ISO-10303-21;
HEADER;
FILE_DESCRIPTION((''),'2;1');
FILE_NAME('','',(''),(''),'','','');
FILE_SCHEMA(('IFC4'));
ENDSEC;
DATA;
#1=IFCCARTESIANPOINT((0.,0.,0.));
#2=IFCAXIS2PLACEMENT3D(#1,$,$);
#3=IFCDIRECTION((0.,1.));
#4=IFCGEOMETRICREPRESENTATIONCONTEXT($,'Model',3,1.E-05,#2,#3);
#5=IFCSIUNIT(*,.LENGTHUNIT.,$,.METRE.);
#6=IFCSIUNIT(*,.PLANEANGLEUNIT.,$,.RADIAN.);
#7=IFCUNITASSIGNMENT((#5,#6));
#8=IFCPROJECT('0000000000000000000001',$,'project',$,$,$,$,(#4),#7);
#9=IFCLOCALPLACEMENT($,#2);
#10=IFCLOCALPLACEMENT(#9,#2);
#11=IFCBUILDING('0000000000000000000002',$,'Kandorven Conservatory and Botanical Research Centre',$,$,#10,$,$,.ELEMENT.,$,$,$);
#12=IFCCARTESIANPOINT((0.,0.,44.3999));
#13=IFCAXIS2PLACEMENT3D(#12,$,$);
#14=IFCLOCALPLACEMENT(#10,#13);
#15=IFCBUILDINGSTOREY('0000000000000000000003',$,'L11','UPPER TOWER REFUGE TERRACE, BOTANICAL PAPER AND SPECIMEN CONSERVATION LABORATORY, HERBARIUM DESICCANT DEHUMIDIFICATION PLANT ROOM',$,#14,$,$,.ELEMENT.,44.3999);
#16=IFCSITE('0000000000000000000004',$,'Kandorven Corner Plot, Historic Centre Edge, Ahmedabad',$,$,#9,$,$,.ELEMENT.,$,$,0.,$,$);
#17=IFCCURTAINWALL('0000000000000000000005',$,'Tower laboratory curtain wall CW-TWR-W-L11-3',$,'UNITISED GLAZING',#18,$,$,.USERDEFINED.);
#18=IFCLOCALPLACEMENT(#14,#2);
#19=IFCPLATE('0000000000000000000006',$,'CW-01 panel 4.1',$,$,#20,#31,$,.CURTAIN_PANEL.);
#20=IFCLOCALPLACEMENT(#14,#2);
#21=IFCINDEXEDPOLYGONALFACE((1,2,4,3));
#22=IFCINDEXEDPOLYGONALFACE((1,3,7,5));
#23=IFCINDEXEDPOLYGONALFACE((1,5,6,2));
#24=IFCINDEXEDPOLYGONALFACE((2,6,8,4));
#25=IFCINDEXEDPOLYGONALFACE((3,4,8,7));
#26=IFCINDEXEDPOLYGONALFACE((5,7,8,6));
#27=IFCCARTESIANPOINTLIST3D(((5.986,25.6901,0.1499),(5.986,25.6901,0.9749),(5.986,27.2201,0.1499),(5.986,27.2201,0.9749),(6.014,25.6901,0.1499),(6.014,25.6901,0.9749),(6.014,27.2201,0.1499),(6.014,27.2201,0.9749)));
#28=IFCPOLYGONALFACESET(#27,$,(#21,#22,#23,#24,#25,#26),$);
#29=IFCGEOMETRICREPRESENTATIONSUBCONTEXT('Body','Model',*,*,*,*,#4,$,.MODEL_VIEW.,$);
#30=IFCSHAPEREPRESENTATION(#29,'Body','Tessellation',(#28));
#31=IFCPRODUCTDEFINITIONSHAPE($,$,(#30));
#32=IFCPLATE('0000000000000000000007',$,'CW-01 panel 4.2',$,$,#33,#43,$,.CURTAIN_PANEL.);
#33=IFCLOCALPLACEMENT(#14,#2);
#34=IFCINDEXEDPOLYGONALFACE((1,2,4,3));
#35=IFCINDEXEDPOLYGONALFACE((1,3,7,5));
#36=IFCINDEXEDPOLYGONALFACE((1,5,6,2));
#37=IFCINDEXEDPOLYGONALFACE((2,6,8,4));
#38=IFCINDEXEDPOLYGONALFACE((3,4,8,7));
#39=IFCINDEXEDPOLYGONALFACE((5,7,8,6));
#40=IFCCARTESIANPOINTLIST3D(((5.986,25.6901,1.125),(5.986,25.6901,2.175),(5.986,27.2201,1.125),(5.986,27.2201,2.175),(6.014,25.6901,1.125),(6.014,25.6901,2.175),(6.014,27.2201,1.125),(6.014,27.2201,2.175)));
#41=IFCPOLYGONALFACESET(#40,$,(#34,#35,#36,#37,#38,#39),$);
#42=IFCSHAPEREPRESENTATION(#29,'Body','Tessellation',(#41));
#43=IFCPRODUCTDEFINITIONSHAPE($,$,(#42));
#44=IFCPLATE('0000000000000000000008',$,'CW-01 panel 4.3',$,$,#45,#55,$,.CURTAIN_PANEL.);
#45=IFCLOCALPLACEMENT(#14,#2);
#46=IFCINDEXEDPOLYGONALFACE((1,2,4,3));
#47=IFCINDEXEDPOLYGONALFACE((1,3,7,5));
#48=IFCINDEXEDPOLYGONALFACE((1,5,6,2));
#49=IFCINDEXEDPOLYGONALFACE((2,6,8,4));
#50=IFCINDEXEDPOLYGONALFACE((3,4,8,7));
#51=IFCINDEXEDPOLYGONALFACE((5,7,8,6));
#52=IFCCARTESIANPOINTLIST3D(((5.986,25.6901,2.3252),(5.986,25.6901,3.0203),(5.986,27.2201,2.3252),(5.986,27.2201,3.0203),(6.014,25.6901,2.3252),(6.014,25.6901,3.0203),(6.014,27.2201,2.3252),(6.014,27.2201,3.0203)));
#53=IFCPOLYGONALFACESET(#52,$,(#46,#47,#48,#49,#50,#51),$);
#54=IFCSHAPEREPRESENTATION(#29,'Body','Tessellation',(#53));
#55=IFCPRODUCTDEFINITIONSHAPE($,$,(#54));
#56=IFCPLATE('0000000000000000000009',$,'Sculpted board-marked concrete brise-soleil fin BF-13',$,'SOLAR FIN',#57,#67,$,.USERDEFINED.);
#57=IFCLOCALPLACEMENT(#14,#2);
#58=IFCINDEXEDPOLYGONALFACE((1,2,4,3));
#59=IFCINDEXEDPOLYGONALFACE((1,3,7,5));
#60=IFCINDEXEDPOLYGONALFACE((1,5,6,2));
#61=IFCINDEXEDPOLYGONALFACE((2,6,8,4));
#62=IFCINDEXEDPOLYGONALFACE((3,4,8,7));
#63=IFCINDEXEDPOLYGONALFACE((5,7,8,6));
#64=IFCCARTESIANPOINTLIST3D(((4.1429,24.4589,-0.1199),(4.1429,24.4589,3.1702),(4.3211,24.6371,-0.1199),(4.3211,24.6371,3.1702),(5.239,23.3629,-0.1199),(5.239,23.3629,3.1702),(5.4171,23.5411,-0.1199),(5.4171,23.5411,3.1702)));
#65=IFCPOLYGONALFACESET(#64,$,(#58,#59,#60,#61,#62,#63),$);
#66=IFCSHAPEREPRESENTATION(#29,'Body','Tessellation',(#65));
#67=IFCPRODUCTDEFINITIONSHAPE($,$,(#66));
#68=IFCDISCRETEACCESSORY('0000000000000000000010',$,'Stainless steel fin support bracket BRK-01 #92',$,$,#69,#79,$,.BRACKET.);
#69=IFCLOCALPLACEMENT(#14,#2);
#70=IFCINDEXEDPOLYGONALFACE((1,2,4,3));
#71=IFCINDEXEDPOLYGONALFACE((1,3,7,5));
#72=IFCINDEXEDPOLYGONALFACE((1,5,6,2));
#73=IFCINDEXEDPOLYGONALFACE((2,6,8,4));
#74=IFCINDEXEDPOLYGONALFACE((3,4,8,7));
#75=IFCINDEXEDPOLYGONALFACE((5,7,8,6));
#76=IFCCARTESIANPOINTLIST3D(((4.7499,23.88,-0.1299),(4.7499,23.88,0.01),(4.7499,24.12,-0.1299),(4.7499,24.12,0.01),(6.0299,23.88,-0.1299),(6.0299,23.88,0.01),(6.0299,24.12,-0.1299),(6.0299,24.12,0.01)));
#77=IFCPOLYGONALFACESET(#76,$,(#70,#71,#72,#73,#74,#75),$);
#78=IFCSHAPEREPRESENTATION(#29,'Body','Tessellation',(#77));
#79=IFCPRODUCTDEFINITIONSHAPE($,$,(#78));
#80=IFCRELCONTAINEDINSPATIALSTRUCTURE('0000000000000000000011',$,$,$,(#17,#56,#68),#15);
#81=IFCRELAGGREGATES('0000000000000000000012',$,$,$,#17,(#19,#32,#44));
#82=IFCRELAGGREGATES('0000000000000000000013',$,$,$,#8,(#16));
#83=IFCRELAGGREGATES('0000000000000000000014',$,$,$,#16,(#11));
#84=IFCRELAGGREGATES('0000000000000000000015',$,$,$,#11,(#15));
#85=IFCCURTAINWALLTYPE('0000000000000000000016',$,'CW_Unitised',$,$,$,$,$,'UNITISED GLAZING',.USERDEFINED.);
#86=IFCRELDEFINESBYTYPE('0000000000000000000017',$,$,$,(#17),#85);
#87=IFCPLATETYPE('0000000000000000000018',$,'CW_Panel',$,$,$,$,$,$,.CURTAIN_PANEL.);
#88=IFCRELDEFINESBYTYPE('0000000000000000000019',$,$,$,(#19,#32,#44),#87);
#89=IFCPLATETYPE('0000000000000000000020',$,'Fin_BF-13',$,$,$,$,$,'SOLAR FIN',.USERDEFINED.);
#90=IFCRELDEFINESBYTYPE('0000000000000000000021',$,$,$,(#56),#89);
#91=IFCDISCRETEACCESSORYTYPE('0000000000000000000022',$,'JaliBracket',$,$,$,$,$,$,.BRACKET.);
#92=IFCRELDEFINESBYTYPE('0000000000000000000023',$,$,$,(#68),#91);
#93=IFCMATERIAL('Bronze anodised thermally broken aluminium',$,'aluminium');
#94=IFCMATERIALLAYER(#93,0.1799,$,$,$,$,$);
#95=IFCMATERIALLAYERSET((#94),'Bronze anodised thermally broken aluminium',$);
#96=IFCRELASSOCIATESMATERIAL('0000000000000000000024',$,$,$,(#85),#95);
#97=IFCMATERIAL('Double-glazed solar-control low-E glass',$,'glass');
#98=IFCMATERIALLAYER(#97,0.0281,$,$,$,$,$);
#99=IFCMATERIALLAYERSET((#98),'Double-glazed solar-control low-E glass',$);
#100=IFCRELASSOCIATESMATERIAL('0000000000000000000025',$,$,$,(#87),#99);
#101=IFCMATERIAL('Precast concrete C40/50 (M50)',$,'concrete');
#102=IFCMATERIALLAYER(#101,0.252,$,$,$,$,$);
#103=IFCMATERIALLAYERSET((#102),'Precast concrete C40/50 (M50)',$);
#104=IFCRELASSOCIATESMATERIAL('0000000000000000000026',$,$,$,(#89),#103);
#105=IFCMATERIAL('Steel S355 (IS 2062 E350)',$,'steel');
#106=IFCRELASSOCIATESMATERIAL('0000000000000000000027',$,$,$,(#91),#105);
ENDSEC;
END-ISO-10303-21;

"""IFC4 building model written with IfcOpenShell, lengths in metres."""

from ifc_helpers import new_model, si_unit, direction, frame, origin, origin_2d, place, context, subcontext, project, spatial, rectangle, extrude, material, layer, layer_set, type_object, element, aggregate, save


model = new_model("IFC4")

# Units and contexts
model_context = context("Model", 3, precision=1e-05, world=origin(), true_north=direction((0.0, 1.0)))
body_context = subcontext(model_context, "Body", "Model", "MODEL_VIEW")
ifc_project = project(units=[si_unit("LENGTHUNIT", "METRE"), si_unit("PLANEANGLEUNIT", "RADIAN")], contexts=[model_context])

# Site, building, storey
site_placement = place(None, origin())
site = spatial("IfcSite", under=ifc_project, at=site_placement, Name="Kandorven Corner Plot, Historic Centre Edge, Ahmedabad", CompositionType="ELEMENT", RefElevation=0.0)
building_placement = place(site_placement, origin())
building = spatial("IfcBuilding", under=site, at=building_placement, Name="Kandorven Conservatory and Botanical Research Centre", CompositionType="ELEMENT")
storey_placement = place(building_placement, frame((0.0, 0.0, 44.3999)))
storey = spatial("IfcBuildingStorey", under=building, at=storey_placement, Name="L11", Description="UPPER TOWER REFUGE TERRACE, BOTANICAL PAPER AND SPECIMEN CONSERVATION LABORATORY, HERBARIUM DESICCANT DEHUMIDIFICATION PLANT ROOM", CompositionType="ELEMENT", Elevation=44.3999)

# Curtain wall, plates
ifc_material_1 = material(Name="Bronze anodised thermally broken aluminium", Category="aluminium")
ifc_layer_1 = layer(ifc_material_1, 0.1799)
ifc_layer_set_1 = layer_set([ifc_layer_1], Name="Bronze anodised thermally broken aluminium")
curtain_wall_type = type_object("IfcCurtainWallType", Name="CW_Unitised", ElementType="UNITISED GLAZING", PredefinedType="USERDEFINED", material=ifc_layer_set_1)
curtain_wall_placement = place(storey_placement, origin())
curtain_wall = element("IfcCurtainWall", 1, at=curtain_wall_placement, inside=storey, type_object=curtain_wall_type, Name="Tower laboratory curtain wall CW-TWR-W-L11-3", ObjectType="UNITISED GLAZING", PredefinedType="USERDEFINED")
ifc_material_2 = material(Name="Double-glazed solar-control low-E glass", Category="glass")
ifc_layer_2 = layer(ifc_material_2, 0.0281)
ifc_layer_set_2 = layer_set([ifc_layer_2], Name="Double-glazed solar-control low-E glass")
plate_type_1 = type_object("IfcPlateType", Name="CW_Panel", PredefinedType="CURTAIN_PANEL", material=ifc_layer_set_2)
plate_1_placement = place(storey_placement, frame((6.0, 26.4551, 0.1499), z_axis=(0.0, 0.0, 1.0), x_axis=(0.0, 1.0, 0.0)))
plate_1 = element("IfcPlate", 2, at=plate_1_placement, type_object=plate_type_1, Name="CW-01 panel 4.1", PredefinedType="CURTAIN_PANEL", context=body_context, shape_type="SweptSolid", body=[
    extrude(rectangle(XDim=1.53, YDim=0.0281, at=origin_2d()), origin(), (0.0, 0.0, 1.0), 0.825),
])
plate_2_placement = place(storey_placement, frame((6.0, 26.4551, 1.125), z_axis=(0.0, 0.0, 1.0), x_axis=(0.0, 1.0, 0.0)))
plate_2 = element("IfcPlate", 3, at=plate_2_placement, type_object=plate_type_1, Name="CW-01 panel 4.2", PredefinedType="CURTAIN_PANEL", context=body_context, shape_type="SweptSolid", body=[
    extrude(rectangle(XDim=1.53, YDim=0.0281, at=origin_2d()), origin(), (0.0, 0.0, 1.0), 1.05),
])
plate_3_placement = place(storey_placement, frame((6.0, 26.4551, 2.3252), z_axis=(0.0, 0.0, 1.0), x_axis=(0.0, 1.0, 0.0)))
plate_3 = element("IfcPlate", 4, at=plate_3_placement, type_object=plate_type_1, Name="CW-01 panel 4.3", PredefinedType="CURTAIN_PANEL", context=body_context, shape_type="SweptSolid", body=[
    extrude(rectangle(XDim=1.53, YDim=0.0281, at=origin_2d()), origin(), (0.0, 0.0, 1.0), 0.6951),
])
aggregate(curtain_wall, [plate_1, plate_2, plate_3])

# Plate
ifc_material_3 = material(Name="Precast concrete C40/50 (M50)", Category="concrete")
ifc_layer_3 = layer(ifc_material_3, 0.252)
ifc_layer_set_3 = layer_set([ifc_layer_3], Name="Precast concrete C40/50 (M50)")
plate_type_2 = type_object("IfcPlateType", Name="Fin_BF-13", ElementType="SOLAR FIN", PredefinedType="USERDEFINED", material=ifc_layer_set_3)
plate_4_placement = place(storey_placement, frame((4.78, 24.0, -0.1199), z_axis=(0.0, 0.0, 1.0), x_axis=(-0.707107, 0.707107, 0.0)))
element("IfcPlate", 5, at=plate_4_placement, inside=storey, type_object=plate_type_2, Name="Sculpted board-marked concrete brise-soleil fin BF-13", ObjectType="SOLAR FIN", PredefinedType="USERDEFINED", context=body_context, shape_type="SweptSolid", body=[
    extrude(rectangle(XDim=1.55, YDim=0.252, at=origin_2d()), origin(), (0.0, 0.0, 1.0), 3.29),
])

# Discrete accessory
ifc_material_4 = material(Name="Steel S355 (IS 2062 E350)", Category="steel")
discrete_accessory_type = type_object("IfcDiscreteAccessoryType", Name="JaliBracket", PredefinedType="BRACKET", material=ifc_material_4)
discrete_accessory_placement = place(storey_placement, frame((5.3899, 24.0, -0.1299), z_axis=(0.0, 0.0, 1.0), x_axis=(1.0, 0.0, 0.0)))
element("IfcDiscreteAccessory", 6, at=discrete_accessory_placement, inside=storey, type_object=discrete_accessory_type, Name="Stainless steel fin support bracket BRK-01 #92", PredefinedType="BRACKET", context=body_context, shape_type="SweptSolid", body=[
    extrude(rectangle(XDim=1.28, YDim=0.24, at=origin_2d()), origin(), (0.0, 0.0, 1.0), 0.1399),
])

save(model, "model.ifc")
